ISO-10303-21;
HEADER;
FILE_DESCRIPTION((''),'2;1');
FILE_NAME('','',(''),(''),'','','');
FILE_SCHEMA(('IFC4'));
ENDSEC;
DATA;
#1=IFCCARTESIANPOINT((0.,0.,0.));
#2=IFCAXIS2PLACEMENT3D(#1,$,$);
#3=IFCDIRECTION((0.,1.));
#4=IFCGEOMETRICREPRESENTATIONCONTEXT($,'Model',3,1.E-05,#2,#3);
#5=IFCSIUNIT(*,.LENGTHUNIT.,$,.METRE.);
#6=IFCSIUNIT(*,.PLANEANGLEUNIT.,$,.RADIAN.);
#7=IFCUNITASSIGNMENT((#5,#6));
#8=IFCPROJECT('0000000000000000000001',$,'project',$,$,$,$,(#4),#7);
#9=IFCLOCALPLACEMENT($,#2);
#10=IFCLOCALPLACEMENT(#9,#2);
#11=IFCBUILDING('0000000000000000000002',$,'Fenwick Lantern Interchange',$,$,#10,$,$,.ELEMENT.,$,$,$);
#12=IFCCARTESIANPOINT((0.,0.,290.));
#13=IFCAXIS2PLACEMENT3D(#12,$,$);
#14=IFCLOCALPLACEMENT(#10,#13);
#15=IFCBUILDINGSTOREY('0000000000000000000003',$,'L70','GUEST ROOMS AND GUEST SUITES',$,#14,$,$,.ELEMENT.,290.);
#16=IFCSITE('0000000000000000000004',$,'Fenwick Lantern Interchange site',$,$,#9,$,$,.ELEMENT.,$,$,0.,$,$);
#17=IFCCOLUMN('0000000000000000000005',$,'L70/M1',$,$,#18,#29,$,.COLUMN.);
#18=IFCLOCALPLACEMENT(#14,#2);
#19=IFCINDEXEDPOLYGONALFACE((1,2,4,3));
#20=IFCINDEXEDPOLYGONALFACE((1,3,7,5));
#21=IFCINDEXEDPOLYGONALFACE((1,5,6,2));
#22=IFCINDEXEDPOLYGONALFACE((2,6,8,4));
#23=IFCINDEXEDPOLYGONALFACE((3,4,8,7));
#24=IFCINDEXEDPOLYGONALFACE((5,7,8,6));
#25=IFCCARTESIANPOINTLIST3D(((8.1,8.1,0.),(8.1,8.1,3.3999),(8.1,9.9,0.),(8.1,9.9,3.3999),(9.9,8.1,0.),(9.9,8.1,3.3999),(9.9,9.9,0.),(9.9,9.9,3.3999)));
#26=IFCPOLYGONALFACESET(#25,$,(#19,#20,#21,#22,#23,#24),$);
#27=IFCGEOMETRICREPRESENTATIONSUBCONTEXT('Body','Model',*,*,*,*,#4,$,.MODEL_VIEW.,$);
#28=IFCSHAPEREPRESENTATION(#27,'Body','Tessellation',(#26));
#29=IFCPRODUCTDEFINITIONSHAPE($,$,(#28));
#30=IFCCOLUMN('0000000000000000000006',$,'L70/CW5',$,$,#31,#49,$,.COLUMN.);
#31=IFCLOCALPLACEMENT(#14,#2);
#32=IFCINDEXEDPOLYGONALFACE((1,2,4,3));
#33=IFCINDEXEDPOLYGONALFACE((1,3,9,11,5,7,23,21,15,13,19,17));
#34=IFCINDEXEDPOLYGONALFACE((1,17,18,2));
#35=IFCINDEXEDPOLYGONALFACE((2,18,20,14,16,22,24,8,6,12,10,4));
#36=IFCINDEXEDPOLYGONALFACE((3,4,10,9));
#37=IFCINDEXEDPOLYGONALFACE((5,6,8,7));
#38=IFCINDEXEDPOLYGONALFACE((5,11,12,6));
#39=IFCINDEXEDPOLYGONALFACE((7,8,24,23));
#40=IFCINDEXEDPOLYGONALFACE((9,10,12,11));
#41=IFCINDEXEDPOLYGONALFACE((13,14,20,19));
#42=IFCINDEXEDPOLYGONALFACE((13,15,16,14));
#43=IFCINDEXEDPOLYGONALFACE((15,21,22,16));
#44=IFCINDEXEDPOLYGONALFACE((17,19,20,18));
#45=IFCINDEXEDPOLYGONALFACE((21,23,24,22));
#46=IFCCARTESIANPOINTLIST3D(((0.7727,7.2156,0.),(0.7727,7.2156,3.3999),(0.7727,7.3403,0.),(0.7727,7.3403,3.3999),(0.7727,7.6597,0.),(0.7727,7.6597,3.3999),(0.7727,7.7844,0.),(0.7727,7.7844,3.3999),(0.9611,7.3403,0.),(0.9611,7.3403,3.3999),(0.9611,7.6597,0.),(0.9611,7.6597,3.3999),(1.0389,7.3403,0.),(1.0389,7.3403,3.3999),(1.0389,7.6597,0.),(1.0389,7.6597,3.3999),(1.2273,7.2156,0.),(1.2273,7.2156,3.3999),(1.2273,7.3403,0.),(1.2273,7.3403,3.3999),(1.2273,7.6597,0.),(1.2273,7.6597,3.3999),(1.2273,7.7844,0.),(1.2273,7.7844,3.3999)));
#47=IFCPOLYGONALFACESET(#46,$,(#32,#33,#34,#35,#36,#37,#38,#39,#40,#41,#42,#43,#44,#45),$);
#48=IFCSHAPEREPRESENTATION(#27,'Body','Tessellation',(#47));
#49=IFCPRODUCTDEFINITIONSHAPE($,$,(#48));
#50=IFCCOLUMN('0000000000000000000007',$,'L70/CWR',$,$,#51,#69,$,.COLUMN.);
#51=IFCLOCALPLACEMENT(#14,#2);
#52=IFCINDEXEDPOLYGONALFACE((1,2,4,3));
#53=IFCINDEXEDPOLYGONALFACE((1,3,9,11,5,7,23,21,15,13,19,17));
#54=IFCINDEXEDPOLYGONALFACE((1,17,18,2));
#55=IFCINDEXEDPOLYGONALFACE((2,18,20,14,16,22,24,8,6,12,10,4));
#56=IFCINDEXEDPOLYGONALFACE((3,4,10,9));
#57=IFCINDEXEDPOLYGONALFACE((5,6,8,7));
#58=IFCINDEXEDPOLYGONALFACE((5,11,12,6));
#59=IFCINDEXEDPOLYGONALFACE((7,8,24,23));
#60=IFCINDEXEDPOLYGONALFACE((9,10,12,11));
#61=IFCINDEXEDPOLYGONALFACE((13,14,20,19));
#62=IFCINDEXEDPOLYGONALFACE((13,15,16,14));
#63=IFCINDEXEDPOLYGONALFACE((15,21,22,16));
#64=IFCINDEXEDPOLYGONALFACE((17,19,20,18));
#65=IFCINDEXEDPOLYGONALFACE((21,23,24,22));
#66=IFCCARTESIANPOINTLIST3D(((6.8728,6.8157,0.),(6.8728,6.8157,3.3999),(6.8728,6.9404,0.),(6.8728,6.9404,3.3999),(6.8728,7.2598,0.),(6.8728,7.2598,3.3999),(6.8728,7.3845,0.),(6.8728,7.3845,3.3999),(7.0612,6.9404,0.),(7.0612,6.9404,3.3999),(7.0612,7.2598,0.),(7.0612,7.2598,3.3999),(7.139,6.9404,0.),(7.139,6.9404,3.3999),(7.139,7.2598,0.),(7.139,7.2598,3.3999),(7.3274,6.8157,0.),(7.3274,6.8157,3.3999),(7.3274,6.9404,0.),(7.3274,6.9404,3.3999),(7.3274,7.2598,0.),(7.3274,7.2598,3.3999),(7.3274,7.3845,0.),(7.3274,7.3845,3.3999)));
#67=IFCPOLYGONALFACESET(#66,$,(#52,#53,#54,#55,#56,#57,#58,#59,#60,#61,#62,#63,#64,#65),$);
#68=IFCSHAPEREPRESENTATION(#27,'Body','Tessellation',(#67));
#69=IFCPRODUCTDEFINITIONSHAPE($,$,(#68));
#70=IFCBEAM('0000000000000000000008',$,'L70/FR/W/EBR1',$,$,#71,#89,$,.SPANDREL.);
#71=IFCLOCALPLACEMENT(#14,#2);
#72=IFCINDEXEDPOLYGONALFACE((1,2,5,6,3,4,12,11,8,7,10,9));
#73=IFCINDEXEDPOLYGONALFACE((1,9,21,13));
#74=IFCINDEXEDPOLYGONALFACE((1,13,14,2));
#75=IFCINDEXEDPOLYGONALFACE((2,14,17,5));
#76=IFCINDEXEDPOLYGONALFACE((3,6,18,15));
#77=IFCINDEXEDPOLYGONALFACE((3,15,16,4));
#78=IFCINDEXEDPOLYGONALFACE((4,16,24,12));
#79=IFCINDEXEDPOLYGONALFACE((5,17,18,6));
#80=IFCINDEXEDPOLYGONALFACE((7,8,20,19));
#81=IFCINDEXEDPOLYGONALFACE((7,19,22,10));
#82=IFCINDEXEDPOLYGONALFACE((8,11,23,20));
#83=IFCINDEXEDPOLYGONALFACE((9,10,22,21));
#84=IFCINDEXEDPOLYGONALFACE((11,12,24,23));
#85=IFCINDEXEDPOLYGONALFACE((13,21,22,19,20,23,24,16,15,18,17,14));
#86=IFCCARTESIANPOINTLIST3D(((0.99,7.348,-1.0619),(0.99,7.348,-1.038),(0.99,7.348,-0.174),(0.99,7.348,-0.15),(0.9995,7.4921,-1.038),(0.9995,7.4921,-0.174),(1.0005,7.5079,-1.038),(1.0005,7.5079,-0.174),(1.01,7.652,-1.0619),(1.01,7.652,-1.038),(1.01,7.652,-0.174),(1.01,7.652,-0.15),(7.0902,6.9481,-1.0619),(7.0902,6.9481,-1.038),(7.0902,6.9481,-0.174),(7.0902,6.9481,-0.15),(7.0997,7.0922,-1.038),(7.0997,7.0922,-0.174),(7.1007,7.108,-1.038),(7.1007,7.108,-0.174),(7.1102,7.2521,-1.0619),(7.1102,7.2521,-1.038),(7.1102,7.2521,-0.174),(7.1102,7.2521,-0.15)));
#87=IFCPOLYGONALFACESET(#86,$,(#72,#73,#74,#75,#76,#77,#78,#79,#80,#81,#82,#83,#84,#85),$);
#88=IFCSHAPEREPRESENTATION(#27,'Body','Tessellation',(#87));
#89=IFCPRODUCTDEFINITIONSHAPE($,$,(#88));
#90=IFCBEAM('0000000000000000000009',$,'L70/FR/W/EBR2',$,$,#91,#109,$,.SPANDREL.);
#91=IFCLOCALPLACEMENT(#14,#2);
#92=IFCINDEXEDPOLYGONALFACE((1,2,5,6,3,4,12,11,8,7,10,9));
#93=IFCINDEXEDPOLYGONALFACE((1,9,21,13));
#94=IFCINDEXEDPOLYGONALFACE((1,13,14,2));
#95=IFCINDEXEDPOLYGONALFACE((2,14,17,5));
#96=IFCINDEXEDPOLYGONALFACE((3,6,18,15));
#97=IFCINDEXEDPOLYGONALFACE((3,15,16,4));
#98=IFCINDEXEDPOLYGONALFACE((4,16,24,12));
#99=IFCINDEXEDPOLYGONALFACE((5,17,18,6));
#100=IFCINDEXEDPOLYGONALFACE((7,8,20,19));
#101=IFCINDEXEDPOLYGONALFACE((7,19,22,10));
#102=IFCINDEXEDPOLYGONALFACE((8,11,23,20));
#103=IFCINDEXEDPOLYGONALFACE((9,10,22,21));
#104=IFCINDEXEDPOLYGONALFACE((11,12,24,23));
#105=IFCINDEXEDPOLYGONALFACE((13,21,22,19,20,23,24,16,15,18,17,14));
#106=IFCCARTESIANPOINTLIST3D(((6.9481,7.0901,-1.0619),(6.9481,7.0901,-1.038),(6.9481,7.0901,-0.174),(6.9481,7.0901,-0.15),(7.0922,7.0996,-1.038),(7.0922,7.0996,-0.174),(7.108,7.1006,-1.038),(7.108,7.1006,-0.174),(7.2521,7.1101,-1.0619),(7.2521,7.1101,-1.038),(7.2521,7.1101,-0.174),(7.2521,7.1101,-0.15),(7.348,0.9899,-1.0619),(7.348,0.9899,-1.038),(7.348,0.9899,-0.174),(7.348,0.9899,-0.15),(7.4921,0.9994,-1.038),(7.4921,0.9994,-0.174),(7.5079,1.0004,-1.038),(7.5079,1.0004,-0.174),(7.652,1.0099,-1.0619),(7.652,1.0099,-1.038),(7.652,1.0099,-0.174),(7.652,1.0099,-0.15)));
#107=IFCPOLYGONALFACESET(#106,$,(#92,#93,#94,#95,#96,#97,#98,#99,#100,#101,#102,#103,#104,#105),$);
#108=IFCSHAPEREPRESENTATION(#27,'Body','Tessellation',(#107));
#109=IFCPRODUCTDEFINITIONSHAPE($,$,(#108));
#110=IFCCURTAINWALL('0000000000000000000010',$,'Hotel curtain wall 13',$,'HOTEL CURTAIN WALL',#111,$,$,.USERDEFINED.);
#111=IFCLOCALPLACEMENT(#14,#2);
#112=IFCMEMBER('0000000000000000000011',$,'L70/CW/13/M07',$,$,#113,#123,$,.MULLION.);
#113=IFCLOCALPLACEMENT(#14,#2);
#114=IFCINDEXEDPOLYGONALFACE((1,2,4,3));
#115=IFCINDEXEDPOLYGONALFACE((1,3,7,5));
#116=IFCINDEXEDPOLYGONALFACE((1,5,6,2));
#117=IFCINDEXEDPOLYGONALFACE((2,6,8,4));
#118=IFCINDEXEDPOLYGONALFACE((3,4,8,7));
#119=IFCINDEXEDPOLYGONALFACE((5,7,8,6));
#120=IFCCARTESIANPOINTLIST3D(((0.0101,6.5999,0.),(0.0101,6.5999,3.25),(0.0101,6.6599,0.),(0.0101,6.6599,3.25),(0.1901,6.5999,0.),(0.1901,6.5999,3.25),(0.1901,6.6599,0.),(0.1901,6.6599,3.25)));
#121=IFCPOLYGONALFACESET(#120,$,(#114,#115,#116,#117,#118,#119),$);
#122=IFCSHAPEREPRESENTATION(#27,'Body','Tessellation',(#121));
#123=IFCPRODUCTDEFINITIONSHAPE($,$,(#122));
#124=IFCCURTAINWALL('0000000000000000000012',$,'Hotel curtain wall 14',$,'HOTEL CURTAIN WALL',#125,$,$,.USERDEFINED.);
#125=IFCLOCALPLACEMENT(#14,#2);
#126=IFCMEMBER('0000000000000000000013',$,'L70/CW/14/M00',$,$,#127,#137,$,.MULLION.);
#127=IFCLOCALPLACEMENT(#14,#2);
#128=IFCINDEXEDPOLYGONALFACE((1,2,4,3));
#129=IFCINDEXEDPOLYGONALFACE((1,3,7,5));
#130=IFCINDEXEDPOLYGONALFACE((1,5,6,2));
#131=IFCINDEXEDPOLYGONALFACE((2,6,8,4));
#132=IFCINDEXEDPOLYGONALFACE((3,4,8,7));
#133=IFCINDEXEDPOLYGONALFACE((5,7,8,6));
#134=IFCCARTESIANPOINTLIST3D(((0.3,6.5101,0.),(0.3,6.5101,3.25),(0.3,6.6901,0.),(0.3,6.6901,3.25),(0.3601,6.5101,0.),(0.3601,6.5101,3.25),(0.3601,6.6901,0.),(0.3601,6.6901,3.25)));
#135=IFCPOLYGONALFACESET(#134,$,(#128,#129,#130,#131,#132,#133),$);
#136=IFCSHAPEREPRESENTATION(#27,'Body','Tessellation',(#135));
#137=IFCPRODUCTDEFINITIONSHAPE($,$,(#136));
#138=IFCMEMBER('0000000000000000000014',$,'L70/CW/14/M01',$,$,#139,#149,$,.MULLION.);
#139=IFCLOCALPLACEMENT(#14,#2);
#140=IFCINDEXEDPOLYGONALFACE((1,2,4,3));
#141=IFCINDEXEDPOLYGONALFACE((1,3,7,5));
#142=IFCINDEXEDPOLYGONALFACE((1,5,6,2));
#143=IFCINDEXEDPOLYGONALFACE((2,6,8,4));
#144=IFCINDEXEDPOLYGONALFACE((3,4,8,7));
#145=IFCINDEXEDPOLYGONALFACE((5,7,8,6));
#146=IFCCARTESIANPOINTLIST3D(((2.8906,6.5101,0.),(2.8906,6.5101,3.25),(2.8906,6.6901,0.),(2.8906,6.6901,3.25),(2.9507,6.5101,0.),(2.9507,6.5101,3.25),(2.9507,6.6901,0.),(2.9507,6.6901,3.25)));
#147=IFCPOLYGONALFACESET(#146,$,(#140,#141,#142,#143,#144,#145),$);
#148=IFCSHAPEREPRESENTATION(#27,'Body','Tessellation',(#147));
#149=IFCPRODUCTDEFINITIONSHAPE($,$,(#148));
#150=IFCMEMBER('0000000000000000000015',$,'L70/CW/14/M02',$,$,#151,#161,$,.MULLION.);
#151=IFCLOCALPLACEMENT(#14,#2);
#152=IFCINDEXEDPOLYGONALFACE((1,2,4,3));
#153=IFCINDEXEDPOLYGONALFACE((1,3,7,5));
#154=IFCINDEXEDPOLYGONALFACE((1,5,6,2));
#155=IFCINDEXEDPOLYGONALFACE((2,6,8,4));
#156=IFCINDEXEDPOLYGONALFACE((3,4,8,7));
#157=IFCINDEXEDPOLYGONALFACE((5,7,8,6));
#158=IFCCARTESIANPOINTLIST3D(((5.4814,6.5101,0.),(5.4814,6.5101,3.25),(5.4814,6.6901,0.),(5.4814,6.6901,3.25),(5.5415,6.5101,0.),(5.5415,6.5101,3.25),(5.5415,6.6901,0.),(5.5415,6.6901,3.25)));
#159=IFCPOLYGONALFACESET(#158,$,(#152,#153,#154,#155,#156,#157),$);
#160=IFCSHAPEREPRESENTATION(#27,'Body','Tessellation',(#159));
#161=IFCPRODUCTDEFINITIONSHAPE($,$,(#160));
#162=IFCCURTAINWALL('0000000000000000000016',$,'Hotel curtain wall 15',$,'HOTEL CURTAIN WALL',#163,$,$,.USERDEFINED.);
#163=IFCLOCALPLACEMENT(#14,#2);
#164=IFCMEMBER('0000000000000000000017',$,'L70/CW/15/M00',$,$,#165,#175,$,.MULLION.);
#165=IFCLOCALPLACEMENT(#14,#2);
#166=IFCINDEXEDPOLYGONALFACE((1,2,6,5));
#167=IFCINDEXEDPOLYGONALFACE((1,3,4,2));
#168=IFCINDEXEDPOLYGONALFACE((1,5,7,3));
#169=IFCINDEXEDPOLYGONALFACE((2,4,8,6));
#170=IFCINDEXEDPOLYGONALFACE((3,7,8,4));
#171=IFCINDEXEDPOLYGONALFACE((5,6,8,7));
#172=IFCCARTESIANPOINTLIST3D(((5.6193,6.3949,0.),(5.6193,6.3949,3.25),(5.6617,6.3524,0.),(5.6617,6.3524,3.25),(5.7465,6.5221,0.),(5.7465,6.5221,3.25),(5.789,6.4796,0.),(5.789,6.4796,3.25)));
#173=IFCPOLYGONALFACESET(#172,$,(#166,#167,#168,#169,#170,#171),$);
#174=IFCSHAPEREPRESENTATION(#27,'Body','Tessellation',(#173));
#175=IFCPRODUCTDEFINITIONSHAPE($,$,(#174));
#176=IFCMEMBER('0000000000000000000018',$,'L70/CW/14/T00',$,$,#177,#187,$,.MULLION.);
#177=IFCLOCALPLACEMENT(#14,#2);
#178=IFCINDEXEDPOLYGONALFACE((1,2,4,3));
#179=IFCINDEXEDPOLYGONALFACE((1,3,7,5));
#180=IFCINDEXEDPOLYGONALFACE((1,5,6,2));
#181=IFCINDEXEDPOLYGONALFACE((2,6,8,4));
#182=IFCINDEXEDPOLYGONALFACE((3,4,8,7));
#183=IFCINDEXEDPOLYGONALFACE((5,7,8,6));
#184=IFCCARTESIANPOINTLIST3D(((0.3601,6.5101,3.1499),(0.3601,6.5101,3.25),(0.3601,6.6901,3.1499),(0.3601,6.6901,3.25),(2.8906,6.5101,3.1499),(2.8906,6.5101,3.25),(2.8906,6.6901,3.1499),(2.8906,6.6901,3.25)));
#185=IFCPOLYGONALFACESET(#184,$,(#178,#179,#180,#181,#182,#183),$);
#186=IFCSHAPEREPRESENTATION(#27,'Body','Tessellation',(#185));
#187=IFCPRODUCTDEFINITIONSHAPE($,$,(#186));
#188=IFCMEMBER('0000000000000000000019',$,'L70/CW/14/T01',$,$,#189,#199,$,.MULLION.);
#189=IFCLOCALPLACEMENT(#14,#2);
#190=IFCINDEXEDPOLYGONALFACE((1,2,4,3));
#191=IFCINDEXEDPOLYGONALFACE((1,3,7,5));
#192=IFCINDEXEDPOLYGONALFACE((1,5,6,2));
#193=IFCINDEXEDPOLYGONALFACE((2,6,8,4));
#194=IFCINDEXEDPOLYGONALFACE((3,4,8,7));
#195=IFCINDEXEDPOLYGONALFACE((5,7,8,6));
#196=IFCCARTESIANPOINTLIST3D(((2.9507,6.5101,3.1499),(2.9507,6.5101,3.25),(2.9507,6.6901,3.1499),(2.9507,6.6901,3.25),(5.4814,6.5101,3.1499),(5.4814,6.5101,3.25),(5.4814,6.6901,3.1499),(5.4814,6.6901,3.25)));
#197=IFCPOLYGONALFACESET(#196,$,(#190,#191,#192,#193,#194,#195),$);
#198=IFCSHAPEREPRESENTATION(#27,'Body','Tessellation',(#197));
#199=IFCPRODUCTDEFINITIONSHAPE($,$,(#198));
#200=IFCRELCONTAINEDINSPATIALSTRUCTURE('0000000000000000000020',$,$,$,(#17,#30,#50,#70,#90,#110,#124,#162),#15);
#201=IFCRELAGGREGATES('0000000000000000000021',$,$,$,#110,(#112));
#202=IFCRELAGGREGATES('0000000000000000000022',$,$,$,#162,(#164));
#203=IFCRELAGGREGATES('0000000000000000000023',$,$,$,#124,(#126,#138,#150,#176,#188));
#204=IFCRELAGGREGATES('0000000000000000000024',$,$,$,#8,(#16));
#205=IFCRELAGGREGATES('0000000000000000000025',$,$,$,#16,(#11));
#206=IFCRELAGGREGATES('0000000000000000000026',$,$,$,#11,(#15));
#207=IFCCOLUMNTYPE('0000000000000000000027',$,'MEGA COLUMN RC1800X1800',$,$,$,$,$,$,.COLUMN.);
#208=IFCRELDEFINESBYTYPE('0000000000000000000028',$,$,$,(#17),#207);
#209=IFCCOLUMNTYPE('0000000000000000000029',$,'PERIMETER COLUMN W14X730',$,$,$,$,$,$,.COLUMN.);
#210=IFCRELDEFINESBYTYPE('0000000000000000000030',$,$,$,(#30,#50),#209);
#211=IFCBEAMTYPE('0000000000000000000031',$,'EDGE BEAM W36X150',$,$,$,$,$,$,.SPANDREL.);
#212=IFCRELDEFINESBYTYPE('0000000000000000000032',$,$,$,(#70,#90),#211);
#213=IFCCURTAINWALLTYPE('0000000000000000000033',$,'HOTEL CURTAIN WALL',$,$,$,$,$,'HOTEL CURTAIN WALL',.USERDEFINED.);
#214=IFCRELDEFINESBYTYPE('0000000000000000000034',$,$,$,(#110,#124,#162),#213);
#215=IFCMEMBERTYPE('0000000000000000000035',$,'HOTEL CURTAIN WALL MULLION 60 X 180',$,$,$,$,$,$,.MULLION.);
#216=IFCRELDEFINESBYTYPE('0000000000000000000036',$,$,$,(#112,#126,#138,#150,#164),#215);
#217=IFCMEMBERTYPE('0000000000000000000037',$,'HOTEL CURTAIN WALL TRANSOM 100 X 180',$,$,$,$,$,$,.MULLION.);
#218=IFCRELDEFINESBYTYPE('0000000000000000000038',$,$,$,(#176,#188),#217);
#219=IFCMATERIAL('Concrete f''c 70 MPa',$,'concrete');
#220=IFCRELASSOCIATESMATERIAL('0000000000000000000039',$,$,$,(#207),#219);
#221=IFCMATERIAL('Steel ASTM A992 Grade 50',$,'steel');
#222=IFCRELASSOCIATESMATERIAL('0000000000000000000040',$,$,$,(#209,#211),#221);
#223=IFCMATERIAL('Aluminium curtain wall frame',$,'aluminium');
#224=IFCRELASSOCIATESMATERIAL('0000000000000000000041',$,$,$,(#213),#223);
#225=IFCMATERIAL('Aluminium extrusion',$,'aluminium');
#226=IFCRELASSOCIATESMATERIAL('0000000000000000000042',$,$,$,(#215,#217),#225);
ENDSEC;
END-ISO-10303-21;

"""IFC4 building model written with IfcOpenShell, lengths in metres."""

from ifc_helpers import new_model, si_unit, direction, frame, origin, origin_2d, place, context, subcontext, project, spatial, rectangle, i_section, extrude, material, material_profile, profile_set, type_object, element, aggregate, save


model = new_model("IFC4")

# Units and contexts
model_context = context("Model", 3, precision=1e-05, world=origin(), true_north=direction((0.0, 1.0)))
body_context = subcontext(model_context, "Body", "Model", "MODEL_VIEW")
ifc_project = project(units=[si_unit("LENGTHUNIT", "METRE"), si_unit("PLANEANGLEUNIT", "RADIAN")], contexts=[model_context])

# Site, building, storey
site_placement = place(None, origin())
site = spatial("IfcSite", under=ifc_project, at=site_placement, Name="Fenwick Lantern Interchange site", CompositionType="ELEMENT", RefElevation=0.0)
building_placement = place(site_placement, origin())
building = spatial("IfcBuilding", under=site, at=building_placement, Name="Fenwick Lantern Interchange", CompositionType="ELEMENT")
storey_placement = place(building_placement, frame((0.0, 0.0, 290.0)))
storey = spatial("IfcBuildingStorey", under=building, at=storey_placement, Name="L70", Description="GUEST ROOMS AND GUEST SUITES", CompositionType="ELEMENT", Elevation=290.0)

# Columns
ifc_material_1 = material(Name="Concrete f'c 70 MPa", Category="concrete")
ifc_material_profile_1 = material_profile(ifc_material_1, rectangle(XDim=1.8, YDim=1.8, at=origin_2d()), Name="RC1800X1800")
ifc_profile_set_1 = profile_set([ifc_material_profile_1], Name="Concrete f'c 70 MPa")
column_type_1 = type_object("IfcColumnType", Name="MEGA COLUMN RC1800X1800", PredefinedType="COLUMN", material=ifc_profile_set_1)
column_placement = place(storey_placement, frame((9.0, 9.0, 0.0), z_axis=(0.0, 0.0, 1.0), x_axis=(1.0, 0.0, 0.0)))
element("IfcColumn", 1, at=column_placement, inside=storey, type_object=column_type_1, Name="L70/M1", PredefinedType="COLUMN", context=body_context, shape_type="SweptSolid", body=[
    extrude(rectangle(XDim=1.8, YDim=1.8, at=origin_2d()), origin(), (0.0, 0.0, 1.0), 3.3999),
])
ifc_material_2 = material(Name="Steel ASTM A992 Grade 50", Category="steel")
ifc_material_profile_2 = material_profile(ifc_material_2, i_section(OverallWidth=0.4546, OverallDepth=0.5688, WebThickness=0.0779, FlangeThickness=0.1248, at=origin_2d()), Name="W14X730")
ifc_profile_set_2 = profile_set([ifc_material_profile_2], Name="Steel ASTM A992 Grade 50")
column_type_2 = type_object("IfcColumnType", Name="PERIMETER COLUMN W14X730", PredefinedType="COLUMN", material=ifc_profile_set_2)
for number, where, z_axis, x_axis, name in (
    (2, (1.0, 7.5, 0.0), (0.0, 0.0, 1.0), (1.0, 0.0, 0.0), "L70/CW5"),
    (3, (7.1001, 7.1001, 0.0), (0.0, 0.0, 1.0), (1.0, 0.0, 0.0), "L70/CWR"),
):
    element("IfcColumn", number, at=place(storey_placement, frame(where, z_axis=z_axis, x_axis=x_axis)), inside=storey, type_object=column_type_2, Name=name, PredefinedType="COLUMN", context=body_context, shape_type="SweptSolid", body=[
        extrude(i_section(OverallWidth=0.4546, OverallDepth=0.5688, WebThickness=0.0779, FlangeThickness=0.1248, at=origin_2d()), origin(), (0.0, 0.0, 1.0), 3.3999),
    ])

# Beams
ifc_material_profile_3 = material_profile(ifc_material_2, i_section(OverallWidth=0.3047, OverallDepth=0.9119, WebThickness=0.0159, FlangeThickness=0.0239, at=origin_2d()), Name="W36X150")
ifc_profile_set_3 = profile_set([ifc_material_profile_3], Name="Steel ASTM A992 Grade 50")
beam_type_1 = type_object("IfcBeamType", Name="EDGE BEAM W36X150", PredefinedType="SPANDREL", material=ifc_profile_set_3)
for number, where, z_axis, x_axis, name in (
    (4, (1.0, 7.5, -0.606), (0.997858, -0.065416, 0.0), (0.065416, 0.997858, 0.0), "L70/FR/W/EBR1"),
    (5, (7.1001, 7.1001, -0.606), (0.065416, -0.997858, 0.0), (0.997858, 0.065416, 0.0), "L70/FR/W/EBR2"),
):
    element("IfcBeam", number, at=place(storey_placement, frame(where, z_axis=z_axis, x_axis=x_axis)), inside=storey, type_object=beam_type_1, Name=name, PredefinedType="SPANDREL", context=body_context, shape_type="SweptSolid", body=[
        extrude(i_section(OverallWidth=0.3047, OverallDepth=0.9119, WebThickness=0.0159, FlangeThickness=0.0239, at=origin_2d()), origin(), (0.0, 0.0, 1.0), 6.1133),
    ])

# Curtain wall, member
ifc_material_3 = material(Name="Aluminium curtain wall frame", Category="aluminium")
curtain_wall_type = type_object("IfcCurtainWallType", Name="HOTEL CURTAIN WALL", ElementType="HOTEL CURTAIN WALL", PredefinedType="USERDEFINED", material=ifc_material_3)
curtain_wall_1_placement = place(storey_placement, origin())
curtain_wall_1 = element("IfcCurtainWall", 6, at=curtain_wall_1_placement, inside=storey, type_object=curtain_wall_type, Name="Hotel curtain wall 13", ObjectType="HOTEL CURTAIN WALL", PredefinedType="USERDEFINED")
ifc_material_4 = material(Name="Aluminium extrusion", Category="aluminium")
ifc_material_profile_4 = material_profile(ifc_material_4, rectangle(XDim=0.1799, YDim=0.0601, at=origin_2d()), Name="HOTEL CURTAIN WALL MULLION 60 X 180")
ifc_profile_set_4 = profile_set([ifc_material_profile_4], Name="Aluminium extrusion")
member_type_1 = type_object("IfcMemberType", Name="HOTEL CURTAIN WALL MULLION 60 X 180", PredefinedType="MULLION", material=ifc_profile_set_4)
member_1_placement = place(storey_placement, frame((0.1001, 6.6299, 0.0), z_axis=(0.0, 0.0, 1.0), x_axis=(1.0, 0.0, 0.0)))
member_1 = element("IfcMember", 7, at=member_1_placement, type_object=member_type_1, Name="L70/CW/13/M07", PredefinedType="MULLION", context=body_context, shape_type="SweptSolid", body=[
    extrude(rectangle(XDim=0.1799, YDim=0.0601, at=origin_2d()), origin(), (0.0, 0.0, 1.0), 3.25),
])
aggregate(curtain_wall_1, [member_1])

# Curtain wall, members
curtain_wall_2_placement = place(storey_placement, origin())
curtain_wall_2 = element("IfcCurtainWall", 8, at=curtain_wall_2_placement, inside=storey, type_object=curtain_wall_type, Name="Hotel curtain wall 14", ObjectType="HOTEL CURTAIN WALL", PredefinedType="USERDEFINED")
member_2_placement = place(storey_placement, frame((0.3301, 6.6001, 0.0), z_axis=(0.0, 0.0, 1.0), x_axis=(0.0, 1.0, 0.0)))
member_2 = element("IfcMember", 9, at=member_2_placement, type_object=member_type_1, Name="L70/CW/14/M00", PredefinedType="MULLION", context=body_context, shape_type="SweptSolid", body=[
    extrude(rectangle(XDim=0.1799, YDim=0.0601, at=origin_2d()), origin(), (0.0, 0.0, 1.0), 3.25),
])
member_3_placement = place(storey_placement, frame((2.9207, 6.6001, 0.0), z_axis=(0.0, 0.0, 1.0), x_axis=(0.0, 1.0, 0.0)))
member_3 = element("IfcMember", 10, at=member_3_placement, type_object=member_type_1, Name="L70/CW/14/M01", PredefinedType="MULLION", context=body_context, shape_type="SweptSolid", body=[
    extrude(rectangle(XDim=0.1799, YDim=0.0601, at=origin_2d()), origin(), (0.0, 0.0, 1.0), 3.25),
])
member_4_placement = place(storey_placement, frame((5.5115, 6.6001, 0.0), z_axis=(0.0, 0.0, 1.0), x_axis=(0.0, 1.0, 0.0)))
member_4 = element("IfcMember", 11, at=member_4_placement, type_object=member_type_1, Name="L70/CW/14/M02", PredefinedType="MULLION", context=body_context, shape_type="SweptSolid", body=[
    extrude(rectangle(XDim=0.1799, YDim=0.0601, at=origin_2d()), origin(), (0.0, 0.0, 1.0), 3.25),
])

# Curtain wall, member
curtain_wall_3_placement = place(storey_placement, origin())
curtain_wall_3 = element("IfcCurtainWall", 12, at=curtain_wall_3_placement, inside=storey, type_object=curtain_wall_type, Name="Hotel curtain wall 15", ObjectType="HOTEL CURTAIN WALL", PredefinedType="USERDEFINED")
member_5_placement = place(storey_placement, frame((5.7041, 6.4373, 0.0), z_axis=(0.0, 0.0, 1.0), x_axis=(0.707107, 0.707107, 0.0)))
member_5 = element("IfcMember", 13, at=member_5_placement, type_object=member_type_1, Name="L70/CW/15/M00", PredefinedType="MULLION", context=body_context, shape_type="SweptSolid", body=[
    extrude(rectangle(XDim=0.1799, YDim=0.0601, at=origin_2d()), origin(), (0.0, 0.0, 1.0), 3.25),
])
aggregate(curtain_wall_3, [member_5])

# Members
ifc_material_profile_5 = material_profile(ifc_material_4, rectangle(XDim=0.1799, YDim=0.1001, at=origin_2d()), Name="HOTEL CURTAIN WALL TRANSOM 100 X 180")
ifc_profile_set_5 = profile_set([ifc_material_profile_5], Name="Aluminium extrusion")
member_type_2 = type_object("IfcMemberType", Name="HOTEL CURTAIN WALL TRANSOM 100 X 180", PredefinedType="MULLION", material=ifc_profile_set_5)
member_6_placement = place(storey_placement, frame((0.3601, 6.6001, 3.2), z_axis=(1.0, 0.0, 0.0), x_axis=(0.0, 1.0, 0.0)))
member_6 = element("IfcMember", 14, at=member_6_placement, type_object=member_type_2, Name="L70/CW/14/T00", PredefinedType="MULLION", context=body_context, shape_type="SweptSolid", body=[
    extrude(rectangle(XDim=0.1799, YDim=0.1001, at=origin_2d()), origin(), (0.0, 0.0, 1.0), 2.5305),
])
member_7_placement = place(storey_placement, frame((2.9507, 6.6001, 3.2), z_axis=(1.0, 0.0, 0.0), x_axis=(0.0, 1.0, 0.0)))
member_7 = element("IfcMember", 15, at=member_7_placement, type_object=member_type_2, Name="L70/CW/14/T01", PredefinedType="MULLION", context=body_context, shape_type="SweptSolid", body=[
    extrude(rectangle(XDim=0.1799, YDim=0.1001, at=origin_2d()), origin(), (0.0, 0.0, 1.0), 2.5308),
])

aggregate(curtain_wall_2, [member_2, member_3, member_4, member_6, member_7])

save(model, "model.ifc")
